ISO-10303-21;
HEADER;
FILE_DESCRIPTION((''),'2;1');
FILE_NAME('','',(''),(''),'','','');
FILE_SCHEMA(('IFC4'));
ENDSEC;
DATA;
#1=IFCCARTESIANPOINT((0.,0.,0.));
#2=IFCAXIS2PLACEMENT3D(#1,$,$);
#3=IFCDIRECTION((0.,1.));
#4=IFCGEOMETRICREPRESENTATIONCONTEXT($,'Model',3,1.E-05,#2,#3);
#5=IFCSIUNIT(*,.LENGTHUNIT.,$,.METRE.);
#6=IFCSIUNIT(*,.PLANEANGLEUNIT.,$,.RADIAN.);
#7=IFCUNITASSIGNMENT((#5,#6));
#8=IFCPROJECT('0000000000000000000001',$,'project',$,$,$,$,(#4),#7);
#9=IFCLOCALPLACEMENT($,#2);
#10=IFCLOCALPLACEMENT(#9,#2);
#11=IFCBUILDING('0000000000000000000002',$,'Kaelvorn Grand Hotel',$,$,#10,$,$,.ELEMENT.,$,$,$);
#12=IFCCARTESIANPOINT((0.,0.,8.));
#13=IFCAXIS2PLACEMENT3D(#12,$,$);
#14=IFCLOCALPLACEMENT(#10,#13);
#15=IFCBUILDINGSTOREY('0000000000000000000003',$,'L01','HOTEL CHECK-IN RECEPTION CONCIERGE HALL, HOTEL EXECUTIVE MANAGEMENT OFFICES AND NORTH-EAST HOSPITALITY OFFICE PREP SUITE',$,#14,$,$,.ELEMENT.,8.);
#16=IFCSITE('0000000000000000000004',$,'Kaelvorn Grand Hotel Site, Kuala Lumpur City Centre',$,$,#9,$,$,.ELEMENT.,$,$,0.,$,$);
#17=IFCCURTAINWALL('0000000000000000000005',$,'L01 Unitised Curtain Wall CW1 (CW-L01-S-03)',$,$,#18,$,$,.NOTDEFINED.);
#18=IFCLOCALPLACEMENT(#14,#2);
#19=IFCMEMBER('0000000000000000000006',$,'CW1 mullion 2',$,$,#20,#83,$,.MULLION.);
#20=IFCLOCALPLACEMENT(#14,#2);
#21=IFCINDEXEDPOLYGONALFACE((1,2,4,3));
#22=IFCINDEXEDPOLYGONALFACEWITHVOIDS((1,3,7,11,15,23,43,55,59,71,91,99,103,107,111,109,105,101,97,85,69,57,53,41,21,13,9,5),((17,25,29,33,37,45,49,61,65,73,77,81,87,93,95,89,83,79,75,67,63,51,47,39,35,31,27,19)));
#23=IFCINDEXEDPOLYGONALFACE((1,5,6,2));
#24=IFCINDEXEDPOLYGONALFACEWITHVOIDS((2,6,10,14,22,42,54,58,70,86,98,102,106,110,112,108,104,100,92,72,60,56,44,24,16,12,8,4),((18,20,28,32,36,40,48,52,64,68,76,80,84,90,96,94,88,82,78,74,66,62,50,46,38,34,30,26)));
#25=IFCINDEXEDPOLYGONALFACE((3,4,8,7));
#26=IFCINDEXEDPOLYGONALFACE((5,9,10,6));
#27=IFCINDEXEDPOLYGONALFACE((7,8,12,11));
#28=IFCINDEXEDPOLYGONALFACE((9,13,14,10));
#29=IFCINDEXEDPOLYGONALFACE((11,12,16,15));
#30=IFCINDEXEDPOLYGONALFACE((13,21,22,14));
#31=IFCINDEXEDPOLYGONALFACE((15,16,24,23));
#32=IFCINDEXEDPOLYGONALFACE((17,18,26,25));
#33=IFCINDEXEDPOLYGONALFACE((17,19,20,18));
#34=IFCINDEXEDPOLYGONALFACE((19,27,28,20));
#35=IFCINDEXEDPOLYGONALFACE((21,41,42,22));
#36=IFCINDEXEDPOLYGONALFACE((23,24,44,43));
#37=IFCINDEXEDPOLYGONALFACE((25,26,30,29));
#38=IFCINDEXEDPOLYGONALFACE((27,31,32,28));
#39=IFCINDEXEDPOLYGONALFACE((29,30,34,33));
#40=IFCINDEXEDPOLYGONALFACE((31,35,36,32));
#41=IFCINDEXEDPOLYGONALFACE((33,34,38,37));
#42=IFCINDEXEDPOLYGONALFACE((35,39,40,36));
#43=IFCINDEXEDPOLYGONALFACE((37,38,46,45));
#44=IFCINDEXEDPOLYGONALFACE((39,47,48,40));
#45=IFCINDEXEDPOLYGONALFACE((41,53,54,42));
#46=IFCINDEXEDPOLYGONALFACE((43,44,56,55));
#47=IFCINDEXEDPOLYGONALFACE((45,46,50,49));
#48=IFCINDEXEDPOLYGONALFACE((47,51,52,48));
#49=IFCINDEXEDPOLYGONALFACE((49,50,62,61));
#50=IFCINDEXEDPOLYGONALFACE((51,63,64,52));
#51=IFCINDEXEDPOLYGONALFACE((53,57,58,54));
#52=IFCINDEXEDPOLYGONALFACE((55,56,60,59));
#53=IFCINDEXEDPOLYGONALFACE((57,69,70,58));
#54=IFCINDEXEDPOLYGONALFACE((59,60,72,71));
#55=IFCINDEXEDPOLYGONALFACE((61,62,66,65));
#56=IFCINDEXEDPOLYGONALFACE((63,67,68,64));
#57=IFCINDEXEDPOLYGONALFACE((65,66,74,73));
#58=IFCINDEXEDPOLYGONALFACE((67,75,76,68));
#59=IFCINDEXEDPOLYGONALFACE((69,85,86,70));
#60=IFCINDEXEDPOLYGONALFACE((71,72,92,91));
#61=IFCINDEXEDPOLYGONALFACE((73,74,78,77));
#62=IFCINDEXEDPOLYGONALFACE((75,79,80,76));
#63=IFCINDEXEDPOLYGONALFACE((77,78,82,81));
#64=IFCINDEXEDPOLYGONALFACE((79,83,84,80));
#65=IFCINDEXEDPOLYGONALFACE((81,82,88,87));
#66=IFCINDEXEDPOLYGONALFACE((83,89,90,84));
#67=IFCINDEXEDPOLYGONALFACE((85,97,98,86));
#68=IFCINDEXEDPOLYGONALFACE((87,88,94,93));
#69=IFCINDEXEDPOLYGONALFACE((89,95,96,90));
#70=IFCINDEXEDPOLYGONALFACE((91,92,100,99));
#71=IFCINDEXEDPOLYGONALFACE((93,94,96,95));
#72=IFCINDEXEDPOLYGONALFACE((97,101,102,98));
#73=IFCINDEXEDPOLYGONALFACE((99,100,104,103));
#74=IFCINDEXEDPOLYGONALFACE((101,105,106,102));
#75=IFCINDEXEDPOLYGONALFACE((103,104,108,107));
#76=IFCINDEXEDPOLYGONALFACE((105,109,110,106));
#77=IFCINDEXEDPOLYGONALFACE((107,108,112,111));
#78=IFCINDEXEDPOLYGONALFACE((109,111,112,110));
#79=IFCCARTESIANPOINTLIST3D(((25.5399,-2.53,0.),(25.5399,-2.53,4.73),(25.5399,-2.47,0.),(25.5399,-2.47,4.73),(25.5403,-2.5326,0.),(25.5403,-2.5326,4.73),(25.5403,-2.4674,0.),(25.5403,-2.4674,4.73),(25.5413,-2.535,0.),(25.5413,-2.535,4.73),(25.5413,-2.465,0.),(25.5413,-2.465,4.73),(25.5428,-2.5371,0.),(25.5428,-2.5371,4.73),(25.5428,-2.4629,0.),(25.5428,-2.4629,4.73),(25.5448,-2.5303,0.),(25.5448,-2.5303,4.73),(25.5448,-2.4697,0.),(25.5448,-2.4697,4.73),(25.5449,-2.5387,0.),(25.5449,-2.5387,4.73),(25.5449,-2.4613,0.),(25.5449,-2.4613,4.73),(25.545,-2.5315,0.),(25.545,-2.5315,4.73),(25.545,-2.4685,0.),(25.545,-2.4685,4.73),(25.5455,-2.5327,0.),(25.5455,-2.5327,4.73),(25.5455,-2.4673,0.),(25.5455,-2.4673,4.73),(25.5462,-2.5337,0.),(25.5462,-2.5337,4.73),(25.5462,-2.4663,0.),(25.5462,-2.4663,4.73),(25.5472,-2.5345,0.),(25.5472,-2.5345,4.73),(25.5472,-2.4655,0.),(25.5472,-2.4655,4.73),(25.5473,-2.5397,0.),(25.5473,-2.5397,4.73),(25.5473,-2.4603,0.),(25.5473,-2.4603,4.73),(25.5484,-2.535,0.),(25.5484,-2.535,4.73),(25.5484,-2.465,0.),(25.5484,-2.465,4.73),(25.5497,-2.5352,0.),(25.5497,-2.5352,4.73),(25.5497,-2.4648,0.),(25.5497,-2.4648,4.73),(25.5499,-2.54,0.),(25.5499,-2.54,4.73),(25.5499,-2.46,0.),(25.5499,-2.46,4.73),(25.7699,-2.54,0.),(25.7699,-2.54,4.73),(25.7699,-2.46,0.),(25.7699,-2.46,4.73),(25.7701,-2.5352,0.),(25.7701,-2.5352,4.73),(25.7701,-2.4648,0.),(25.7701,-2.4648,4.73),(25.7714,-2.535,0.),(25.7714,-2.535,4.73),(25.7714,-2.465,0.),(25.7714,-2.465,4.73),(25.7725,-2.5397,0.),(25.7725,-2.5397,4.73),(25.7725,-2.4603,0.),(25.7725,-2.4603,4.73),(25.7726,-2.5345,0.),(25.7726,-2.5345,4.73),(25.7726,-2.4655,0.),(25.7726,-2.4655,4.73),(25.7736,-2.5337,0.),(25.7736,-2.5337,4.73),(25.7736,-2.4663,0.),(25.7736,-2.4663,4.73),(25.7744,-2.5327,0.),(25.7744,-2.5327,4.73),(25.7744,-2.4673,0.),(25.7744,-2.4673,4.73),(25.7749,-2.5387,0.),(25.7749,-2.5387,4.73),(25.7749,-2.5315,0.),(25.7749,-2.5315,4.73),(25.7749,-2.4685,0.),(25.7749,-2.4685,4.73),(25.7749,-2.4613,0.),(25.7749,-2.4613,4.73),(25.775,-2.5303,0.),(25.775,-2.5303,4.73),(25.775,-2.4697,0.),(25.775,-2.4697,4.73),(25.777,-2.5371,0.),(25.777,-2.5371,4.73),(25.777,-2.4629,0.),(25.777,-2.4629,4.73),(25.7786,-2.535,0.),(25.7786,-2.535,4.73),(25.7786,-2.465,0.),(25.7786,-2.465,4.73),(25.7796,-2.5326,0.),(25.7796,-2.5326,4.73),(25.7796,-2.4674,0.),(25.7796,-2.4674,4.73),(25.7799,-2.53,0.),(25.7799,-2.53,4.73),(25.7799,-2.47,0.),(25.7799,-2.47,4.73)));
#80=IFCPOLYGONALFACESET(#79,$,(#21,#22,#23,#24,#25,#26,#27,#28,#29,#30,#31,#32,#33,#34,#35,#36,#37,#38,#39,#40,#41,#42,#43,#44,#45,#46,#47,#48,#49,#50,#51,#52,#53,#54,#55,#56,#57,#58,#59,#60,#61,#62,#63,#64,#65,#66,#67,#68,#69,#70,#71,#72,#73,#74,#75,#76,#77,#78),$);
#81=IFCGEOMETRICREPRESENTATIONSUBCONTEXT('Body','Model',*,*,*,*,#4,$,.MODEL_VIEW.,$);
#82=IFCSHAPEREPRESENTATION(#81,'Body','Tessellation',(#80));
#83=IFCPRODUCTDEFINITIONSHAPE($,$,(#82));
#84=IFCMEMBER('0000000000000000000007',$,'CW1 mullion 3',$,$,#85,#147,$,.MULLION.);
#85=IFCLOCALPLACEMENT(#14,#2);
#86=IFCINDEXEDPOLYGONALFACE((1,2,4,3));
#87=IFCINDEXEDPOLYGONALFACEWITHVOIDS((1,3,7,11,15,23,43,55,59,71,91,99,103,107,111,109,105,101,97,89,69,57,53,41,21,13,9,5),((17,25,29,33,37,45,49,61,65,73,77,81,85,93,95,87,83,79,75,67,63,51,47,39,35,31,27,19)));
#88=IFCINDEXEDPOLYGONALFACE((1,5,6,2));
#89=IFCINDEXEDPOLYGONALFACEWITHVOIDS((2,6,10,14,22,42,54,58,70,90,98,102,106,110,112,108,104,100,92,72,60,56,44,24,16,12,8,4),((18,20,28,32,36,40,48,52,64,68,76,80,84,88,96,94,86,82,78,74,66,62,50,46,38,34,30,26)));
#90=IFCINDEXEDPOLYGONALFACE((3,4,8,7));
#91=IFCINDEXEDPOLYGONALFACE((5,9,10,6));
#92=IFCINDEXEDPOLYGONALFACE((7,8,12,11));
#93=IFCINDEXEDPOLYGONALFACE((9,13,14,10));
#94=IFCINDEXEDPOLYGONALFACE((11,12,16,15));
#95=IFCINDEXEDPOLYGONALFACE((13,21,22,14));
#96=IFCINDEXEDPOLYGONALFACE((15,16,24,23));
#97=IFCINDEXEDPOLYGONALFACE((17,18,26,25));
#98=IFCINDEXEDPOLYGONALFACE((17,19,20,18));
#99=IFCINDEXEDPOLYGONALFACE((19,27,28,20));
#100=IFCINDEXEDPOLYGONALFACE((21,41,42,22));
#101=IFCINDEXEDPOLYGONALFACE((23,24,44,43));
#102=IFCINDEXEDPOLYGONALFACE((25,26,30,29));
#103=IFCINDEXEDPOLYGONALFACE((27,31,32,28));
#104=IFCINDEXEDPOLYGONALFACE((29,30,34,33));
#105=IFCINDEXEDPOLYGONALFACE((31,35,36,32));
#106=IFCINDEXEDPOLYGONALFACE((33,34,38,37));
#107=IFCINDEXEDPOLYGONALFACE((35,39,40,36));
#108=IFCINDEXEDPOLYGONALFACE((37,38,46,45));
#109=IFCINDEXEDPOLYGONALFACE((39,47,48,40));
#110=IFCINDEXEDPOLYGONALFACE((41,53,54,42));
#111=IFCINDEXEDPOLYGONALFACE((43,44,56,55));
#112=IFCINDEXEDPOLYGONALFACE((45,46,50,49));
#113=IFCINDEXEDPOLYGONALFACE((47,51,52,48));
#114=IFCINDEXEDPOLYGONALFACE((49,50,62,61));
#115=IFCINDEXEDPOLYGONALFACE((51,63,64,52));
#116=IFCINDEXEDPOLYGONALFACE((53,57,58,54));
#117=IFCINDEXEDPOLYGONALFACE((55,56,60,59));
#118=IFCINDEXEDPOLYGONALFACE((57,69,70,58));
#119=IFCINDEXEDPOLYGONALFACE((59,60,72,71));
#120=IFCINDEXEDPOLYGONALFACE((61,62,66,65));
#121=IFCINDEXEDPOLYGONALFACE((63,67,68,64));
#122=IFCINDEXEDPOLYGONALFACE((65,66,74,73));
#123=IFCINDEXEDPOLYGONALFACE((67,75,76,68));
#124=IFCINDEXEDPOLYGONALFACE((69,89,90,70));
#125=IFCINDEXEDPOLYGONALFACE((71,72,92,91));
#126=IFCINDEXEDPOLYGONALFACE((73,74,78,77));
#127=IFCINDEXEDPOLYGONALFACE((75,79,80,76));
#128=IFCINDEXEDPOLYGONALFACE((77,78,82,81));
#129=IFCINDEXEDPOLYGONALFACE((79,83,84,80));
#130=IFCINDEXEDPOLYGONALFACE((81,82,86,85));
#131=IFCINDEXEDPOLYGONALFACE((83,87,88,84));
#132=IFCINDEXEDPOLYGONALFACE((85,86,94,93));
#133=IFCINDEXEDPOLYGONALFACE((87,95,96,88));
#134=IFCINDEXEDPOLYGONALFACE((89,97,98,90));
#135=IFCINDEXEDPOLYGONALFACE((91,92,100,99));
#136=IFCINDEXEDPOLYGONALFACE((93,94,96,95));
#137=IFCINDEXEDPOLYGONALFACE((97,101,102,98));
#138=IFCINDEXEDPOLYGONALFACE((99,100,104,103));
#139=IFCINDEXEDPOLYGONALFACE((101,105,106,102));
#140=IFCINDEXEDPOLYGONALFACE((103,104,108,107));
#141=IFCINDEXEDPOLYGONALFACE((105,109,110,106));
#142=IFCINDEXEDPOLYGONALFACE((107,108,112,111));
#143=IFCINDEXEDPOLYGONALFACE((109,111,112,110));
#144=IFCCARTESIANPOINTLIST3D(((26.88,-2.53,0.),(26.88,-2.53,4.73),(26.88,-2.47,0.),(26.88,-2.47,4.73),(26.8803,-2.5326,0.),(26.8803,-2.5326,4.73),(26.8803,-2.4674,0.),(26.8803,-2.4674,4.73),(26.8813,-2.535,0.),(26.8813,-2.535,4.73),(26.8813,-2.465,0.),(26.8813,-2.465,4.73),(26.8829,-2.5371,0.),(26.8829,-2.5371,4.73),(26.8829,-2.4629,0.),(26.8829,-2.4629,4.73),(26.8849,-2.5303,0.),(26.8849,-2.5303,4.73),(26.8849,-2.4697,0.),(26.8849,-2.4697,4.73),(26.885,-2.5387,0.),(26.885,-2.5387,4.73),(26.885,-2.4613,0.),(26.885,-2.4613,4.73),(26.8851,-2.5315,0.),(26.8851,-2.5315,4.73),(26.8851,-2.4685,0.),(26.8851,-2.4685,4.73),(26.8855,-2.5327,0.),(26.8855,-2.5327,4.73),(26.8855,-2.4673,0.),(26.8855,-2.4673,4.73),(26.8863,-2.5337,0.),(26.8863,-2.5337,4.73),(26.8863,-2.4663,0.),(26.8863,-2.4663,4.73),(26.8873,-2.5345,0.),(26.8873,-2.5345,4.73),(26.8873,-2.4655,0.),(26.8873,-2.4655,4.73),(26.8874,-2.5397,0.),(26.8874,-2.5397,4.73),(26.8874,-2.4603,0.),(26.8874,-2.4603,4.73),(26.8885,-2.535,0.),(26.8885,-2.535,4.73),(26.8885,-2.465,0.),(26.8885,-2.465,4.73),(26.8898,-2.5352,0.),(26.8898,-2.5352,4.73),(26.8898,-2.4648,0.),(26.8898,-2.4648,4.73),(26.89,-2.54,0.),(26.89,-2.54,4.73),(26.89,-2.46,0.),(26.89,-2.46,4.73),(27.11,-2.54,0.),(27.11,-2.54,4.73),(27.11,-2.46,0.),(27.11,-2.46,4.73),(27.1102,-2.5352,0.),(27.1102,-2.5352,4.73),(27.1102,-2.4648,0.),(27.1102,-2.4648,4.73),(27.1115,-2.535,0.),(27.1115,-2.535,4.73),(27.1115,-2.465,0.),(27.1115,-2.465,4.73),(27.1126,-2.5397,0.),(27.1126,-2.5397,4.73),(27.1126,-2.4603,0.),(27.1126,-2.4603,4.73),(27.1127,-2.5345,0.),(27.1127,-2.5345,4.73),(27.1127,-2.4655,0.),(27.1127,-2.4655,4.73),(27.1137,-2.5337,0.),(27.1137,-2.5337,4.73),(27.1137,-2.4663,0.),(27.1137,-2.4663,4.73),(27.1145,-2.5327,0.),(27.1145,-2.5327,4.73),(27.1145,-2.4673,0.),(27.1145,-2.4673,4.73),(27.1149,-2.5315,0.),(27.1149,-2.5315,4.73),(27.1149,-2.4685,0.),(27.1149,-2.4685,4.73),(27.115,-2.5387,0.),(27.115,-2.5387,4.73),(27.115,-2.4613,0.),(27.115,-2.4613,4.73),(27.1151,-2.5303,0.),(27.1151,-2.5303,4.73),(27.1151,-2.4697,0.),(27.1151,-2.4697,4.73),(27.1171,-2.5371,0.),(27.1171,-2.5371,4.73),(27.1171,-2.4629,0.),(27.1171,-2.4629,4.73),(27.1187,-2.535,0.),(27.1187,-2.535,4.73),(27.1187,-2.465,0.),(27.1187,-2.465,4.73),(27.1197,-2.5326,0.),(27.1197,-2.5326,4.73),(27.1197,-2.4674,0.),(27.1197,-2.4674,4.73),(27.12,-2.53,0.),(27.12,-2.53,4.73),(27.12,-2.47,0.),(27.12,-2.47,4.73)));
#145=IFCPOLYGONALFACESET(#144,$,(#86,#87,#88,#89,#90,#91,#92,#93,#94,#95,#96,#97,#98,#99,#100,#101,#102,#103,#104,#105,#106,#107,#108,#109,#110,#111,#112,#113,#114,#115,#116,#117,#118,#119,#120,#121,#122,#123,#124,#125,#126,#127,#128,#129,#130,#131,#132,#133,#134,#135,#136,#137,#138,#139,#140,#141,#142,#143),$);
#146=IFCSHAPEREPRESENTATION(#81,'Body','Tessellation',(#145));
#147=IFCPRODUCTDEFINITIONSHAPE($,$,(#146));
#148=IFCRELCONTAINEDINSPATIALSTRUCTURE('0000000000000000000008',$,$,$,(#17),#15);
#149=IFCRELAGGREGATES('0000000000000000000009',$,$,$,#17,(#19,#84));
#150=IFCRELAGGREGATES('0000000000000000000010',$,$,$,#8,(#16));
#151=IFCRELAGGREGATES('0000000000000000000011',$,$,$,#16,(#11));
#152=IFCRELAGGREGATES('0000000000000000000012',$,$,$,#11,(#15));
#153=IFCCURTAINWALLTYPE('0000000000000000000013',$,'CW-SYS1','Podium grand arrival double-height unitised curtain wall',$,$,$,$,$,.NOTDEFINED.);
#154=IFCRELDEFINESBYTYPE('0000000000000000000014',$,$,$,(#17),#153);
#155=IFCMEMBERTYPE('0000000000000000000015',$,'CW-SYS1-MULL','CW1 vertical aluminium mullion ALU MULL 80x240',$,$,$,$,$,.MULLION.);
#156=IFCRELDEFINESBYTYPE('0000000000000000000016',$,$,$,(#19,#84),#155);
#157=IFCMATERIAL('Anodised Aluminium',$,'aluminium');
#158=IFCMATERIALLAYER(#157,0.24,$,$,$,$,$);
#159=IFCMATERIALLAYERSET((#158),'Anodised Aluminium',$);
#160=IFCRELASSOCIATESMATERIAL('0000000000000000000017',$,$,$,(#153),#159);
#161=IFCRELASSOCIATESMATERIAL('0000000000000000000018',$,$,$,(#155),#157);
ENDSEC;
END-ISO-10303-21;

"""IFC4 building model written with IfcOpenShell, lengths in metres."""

from ifc_helpers import new_model, si_unit, direction, frame, origin, origin_2d, place, context, subcontext, project, spatial, hollow_rectangle, extrude, material, layer, layer_set, material_profile, profile_set, type_object, element, aggregate, save


model = new_model("IFC4")

# Units and contexts
model_context = context("Model", 3, precision=1e-05, world=origin(), true_north=direction((0.0, 1.0)))
body_context = subcontext(model_context, "Body", "Model", "MODEL_VIEW")
ifc_project = project(units=[si_unit("LENGTHUNIT", "METRE"), si_unit("PLANEANGLEUNIT", "RADIAN")], contexts=[model_context])

# Site, building, storey
site_placement = place(None, origin())
site = spatial("IfcSite", under=ifc_project, at=site_placement, Name="Kaelvorn Grand Hotel Site, Kuala Lumpur City Centre", CompositionType="ELEMENT", RefElevation=0.0)
building_placement = place(site_placement, origin())
building = spatial("IfcBuilding", under=site, at=building_placement, Name="Kaelvorn Grand Hotel", CompositionType="ELEMENT")
storey_placement = place(building_placement, frame((0.0, 0.0, 8.0)))
storey = spatial("IfcBuildingStorey", under=building, at=storey_placement, Name="L01", Description="HOTEL CHECK-IN RECEPTION CONCIERGE HALL, HOTEL EXECUTIVE MANAGEMENT OFFICES AND NORTH-EAST HOSPITALITY OFFICE PREP SUITE", CompositionType="ELEMENT", Elevation=8.0)

# Curtain wall, members
ifc_material_1 = material(Name="Anodised Aluminium", Category="aluminium")
ifc_layer_1 = layer(ifc_material_1, 0.24)
ifc_layer_set_1 = layer_set([ifc_layer_1], Name="Anodised Aluminium")
curtain_wall_type = type_object("IfcCurtainWallType", Name="CW-SYS1", Description="Podium grand arrival double-height unitised curtain wall", PredefinedType="NOTDEFINED", material=ifc_layer_set_1)
ifc_material_profile_1 = material_profile(ifc_material_1, hollow_rectangle(XDim=0.0801, YDim=0.24, WallThickness=0.0049, InnerFilletRadius=0.0049, OuterFilletRadius=0.01, at=origin_2d()), Name="ALU MULL 80x240")
ifc_profile_set_1 = profile_set([ifc_material_profile_1], Name="Anodised Aluminium")
member_type_1 = type_object("IfcMemberType", Name="CW-SYS1-MULL", Description="CW1 vertical aluminium mullion ALU MULL 80x240", PredefinedType="MULLION", material=ifc_profile_set_1)
curtain_wall_1_placement = place(storey_placement, origin())
curtain_wall_1 = element("IfcCurtainWall", 1, at=curtain_wall_1_placement, inside=storey, type_object=curtain_wall_type, Name="L01 Unitised Curtain Wall CW1 (CW-L01-S-03)", PredefinedType="NOTDEFINED")
member_1_placement = place(storey_placement, frame((25.6599, -2.5, 0.0), z_axis=(0.0, 0.0, 1.0), x_axis=(0.0, 1.0, 0.0)))
member_1 = element("IfcMember", 2, at=member_1_placement, type_object=member_type_1, Name="CW1 mullion 2", PredefinedType="MULLION", context=body_context, shape_type="SweptSolid", body=[
    extrude(hollow_rectangle(XDim=0.0801, YDim=0.24, WallThickness=0.0049, InnerFilletRadius=0.0049, OuterFilletRadius=0.01, at=origin_2d()), origin(), (0.0, 0.0, 1.0), 4.73),
])
member_2_placement = place(storey_placement, frame((27.0, -2.5, 0.0), z_axis=(0.0, 0.0, 1.0), x_axis=(0.0, 1.0, 0.0)))
member_2 = element("IfcMember", 3, at=member_2_placement, type_object=member_type_1, Name="CW1 mullion 3", PredefinedType="MULLION", context=body_context, shape_type="SweptSolid", body=[
    extrude(hollow_rectangle(XDim=0.0801, YDim=0.24, WallThickness=0.0049, InnerFilletRadius=0.0049, OuterFilletRadius=0.01, at=origin_2d()), origin(), (0.0, 0.0, 1.0), 4.73),
])

aggregate(curtain_wall_1, [member_1, member_2])

save(model, "model.ifc")
